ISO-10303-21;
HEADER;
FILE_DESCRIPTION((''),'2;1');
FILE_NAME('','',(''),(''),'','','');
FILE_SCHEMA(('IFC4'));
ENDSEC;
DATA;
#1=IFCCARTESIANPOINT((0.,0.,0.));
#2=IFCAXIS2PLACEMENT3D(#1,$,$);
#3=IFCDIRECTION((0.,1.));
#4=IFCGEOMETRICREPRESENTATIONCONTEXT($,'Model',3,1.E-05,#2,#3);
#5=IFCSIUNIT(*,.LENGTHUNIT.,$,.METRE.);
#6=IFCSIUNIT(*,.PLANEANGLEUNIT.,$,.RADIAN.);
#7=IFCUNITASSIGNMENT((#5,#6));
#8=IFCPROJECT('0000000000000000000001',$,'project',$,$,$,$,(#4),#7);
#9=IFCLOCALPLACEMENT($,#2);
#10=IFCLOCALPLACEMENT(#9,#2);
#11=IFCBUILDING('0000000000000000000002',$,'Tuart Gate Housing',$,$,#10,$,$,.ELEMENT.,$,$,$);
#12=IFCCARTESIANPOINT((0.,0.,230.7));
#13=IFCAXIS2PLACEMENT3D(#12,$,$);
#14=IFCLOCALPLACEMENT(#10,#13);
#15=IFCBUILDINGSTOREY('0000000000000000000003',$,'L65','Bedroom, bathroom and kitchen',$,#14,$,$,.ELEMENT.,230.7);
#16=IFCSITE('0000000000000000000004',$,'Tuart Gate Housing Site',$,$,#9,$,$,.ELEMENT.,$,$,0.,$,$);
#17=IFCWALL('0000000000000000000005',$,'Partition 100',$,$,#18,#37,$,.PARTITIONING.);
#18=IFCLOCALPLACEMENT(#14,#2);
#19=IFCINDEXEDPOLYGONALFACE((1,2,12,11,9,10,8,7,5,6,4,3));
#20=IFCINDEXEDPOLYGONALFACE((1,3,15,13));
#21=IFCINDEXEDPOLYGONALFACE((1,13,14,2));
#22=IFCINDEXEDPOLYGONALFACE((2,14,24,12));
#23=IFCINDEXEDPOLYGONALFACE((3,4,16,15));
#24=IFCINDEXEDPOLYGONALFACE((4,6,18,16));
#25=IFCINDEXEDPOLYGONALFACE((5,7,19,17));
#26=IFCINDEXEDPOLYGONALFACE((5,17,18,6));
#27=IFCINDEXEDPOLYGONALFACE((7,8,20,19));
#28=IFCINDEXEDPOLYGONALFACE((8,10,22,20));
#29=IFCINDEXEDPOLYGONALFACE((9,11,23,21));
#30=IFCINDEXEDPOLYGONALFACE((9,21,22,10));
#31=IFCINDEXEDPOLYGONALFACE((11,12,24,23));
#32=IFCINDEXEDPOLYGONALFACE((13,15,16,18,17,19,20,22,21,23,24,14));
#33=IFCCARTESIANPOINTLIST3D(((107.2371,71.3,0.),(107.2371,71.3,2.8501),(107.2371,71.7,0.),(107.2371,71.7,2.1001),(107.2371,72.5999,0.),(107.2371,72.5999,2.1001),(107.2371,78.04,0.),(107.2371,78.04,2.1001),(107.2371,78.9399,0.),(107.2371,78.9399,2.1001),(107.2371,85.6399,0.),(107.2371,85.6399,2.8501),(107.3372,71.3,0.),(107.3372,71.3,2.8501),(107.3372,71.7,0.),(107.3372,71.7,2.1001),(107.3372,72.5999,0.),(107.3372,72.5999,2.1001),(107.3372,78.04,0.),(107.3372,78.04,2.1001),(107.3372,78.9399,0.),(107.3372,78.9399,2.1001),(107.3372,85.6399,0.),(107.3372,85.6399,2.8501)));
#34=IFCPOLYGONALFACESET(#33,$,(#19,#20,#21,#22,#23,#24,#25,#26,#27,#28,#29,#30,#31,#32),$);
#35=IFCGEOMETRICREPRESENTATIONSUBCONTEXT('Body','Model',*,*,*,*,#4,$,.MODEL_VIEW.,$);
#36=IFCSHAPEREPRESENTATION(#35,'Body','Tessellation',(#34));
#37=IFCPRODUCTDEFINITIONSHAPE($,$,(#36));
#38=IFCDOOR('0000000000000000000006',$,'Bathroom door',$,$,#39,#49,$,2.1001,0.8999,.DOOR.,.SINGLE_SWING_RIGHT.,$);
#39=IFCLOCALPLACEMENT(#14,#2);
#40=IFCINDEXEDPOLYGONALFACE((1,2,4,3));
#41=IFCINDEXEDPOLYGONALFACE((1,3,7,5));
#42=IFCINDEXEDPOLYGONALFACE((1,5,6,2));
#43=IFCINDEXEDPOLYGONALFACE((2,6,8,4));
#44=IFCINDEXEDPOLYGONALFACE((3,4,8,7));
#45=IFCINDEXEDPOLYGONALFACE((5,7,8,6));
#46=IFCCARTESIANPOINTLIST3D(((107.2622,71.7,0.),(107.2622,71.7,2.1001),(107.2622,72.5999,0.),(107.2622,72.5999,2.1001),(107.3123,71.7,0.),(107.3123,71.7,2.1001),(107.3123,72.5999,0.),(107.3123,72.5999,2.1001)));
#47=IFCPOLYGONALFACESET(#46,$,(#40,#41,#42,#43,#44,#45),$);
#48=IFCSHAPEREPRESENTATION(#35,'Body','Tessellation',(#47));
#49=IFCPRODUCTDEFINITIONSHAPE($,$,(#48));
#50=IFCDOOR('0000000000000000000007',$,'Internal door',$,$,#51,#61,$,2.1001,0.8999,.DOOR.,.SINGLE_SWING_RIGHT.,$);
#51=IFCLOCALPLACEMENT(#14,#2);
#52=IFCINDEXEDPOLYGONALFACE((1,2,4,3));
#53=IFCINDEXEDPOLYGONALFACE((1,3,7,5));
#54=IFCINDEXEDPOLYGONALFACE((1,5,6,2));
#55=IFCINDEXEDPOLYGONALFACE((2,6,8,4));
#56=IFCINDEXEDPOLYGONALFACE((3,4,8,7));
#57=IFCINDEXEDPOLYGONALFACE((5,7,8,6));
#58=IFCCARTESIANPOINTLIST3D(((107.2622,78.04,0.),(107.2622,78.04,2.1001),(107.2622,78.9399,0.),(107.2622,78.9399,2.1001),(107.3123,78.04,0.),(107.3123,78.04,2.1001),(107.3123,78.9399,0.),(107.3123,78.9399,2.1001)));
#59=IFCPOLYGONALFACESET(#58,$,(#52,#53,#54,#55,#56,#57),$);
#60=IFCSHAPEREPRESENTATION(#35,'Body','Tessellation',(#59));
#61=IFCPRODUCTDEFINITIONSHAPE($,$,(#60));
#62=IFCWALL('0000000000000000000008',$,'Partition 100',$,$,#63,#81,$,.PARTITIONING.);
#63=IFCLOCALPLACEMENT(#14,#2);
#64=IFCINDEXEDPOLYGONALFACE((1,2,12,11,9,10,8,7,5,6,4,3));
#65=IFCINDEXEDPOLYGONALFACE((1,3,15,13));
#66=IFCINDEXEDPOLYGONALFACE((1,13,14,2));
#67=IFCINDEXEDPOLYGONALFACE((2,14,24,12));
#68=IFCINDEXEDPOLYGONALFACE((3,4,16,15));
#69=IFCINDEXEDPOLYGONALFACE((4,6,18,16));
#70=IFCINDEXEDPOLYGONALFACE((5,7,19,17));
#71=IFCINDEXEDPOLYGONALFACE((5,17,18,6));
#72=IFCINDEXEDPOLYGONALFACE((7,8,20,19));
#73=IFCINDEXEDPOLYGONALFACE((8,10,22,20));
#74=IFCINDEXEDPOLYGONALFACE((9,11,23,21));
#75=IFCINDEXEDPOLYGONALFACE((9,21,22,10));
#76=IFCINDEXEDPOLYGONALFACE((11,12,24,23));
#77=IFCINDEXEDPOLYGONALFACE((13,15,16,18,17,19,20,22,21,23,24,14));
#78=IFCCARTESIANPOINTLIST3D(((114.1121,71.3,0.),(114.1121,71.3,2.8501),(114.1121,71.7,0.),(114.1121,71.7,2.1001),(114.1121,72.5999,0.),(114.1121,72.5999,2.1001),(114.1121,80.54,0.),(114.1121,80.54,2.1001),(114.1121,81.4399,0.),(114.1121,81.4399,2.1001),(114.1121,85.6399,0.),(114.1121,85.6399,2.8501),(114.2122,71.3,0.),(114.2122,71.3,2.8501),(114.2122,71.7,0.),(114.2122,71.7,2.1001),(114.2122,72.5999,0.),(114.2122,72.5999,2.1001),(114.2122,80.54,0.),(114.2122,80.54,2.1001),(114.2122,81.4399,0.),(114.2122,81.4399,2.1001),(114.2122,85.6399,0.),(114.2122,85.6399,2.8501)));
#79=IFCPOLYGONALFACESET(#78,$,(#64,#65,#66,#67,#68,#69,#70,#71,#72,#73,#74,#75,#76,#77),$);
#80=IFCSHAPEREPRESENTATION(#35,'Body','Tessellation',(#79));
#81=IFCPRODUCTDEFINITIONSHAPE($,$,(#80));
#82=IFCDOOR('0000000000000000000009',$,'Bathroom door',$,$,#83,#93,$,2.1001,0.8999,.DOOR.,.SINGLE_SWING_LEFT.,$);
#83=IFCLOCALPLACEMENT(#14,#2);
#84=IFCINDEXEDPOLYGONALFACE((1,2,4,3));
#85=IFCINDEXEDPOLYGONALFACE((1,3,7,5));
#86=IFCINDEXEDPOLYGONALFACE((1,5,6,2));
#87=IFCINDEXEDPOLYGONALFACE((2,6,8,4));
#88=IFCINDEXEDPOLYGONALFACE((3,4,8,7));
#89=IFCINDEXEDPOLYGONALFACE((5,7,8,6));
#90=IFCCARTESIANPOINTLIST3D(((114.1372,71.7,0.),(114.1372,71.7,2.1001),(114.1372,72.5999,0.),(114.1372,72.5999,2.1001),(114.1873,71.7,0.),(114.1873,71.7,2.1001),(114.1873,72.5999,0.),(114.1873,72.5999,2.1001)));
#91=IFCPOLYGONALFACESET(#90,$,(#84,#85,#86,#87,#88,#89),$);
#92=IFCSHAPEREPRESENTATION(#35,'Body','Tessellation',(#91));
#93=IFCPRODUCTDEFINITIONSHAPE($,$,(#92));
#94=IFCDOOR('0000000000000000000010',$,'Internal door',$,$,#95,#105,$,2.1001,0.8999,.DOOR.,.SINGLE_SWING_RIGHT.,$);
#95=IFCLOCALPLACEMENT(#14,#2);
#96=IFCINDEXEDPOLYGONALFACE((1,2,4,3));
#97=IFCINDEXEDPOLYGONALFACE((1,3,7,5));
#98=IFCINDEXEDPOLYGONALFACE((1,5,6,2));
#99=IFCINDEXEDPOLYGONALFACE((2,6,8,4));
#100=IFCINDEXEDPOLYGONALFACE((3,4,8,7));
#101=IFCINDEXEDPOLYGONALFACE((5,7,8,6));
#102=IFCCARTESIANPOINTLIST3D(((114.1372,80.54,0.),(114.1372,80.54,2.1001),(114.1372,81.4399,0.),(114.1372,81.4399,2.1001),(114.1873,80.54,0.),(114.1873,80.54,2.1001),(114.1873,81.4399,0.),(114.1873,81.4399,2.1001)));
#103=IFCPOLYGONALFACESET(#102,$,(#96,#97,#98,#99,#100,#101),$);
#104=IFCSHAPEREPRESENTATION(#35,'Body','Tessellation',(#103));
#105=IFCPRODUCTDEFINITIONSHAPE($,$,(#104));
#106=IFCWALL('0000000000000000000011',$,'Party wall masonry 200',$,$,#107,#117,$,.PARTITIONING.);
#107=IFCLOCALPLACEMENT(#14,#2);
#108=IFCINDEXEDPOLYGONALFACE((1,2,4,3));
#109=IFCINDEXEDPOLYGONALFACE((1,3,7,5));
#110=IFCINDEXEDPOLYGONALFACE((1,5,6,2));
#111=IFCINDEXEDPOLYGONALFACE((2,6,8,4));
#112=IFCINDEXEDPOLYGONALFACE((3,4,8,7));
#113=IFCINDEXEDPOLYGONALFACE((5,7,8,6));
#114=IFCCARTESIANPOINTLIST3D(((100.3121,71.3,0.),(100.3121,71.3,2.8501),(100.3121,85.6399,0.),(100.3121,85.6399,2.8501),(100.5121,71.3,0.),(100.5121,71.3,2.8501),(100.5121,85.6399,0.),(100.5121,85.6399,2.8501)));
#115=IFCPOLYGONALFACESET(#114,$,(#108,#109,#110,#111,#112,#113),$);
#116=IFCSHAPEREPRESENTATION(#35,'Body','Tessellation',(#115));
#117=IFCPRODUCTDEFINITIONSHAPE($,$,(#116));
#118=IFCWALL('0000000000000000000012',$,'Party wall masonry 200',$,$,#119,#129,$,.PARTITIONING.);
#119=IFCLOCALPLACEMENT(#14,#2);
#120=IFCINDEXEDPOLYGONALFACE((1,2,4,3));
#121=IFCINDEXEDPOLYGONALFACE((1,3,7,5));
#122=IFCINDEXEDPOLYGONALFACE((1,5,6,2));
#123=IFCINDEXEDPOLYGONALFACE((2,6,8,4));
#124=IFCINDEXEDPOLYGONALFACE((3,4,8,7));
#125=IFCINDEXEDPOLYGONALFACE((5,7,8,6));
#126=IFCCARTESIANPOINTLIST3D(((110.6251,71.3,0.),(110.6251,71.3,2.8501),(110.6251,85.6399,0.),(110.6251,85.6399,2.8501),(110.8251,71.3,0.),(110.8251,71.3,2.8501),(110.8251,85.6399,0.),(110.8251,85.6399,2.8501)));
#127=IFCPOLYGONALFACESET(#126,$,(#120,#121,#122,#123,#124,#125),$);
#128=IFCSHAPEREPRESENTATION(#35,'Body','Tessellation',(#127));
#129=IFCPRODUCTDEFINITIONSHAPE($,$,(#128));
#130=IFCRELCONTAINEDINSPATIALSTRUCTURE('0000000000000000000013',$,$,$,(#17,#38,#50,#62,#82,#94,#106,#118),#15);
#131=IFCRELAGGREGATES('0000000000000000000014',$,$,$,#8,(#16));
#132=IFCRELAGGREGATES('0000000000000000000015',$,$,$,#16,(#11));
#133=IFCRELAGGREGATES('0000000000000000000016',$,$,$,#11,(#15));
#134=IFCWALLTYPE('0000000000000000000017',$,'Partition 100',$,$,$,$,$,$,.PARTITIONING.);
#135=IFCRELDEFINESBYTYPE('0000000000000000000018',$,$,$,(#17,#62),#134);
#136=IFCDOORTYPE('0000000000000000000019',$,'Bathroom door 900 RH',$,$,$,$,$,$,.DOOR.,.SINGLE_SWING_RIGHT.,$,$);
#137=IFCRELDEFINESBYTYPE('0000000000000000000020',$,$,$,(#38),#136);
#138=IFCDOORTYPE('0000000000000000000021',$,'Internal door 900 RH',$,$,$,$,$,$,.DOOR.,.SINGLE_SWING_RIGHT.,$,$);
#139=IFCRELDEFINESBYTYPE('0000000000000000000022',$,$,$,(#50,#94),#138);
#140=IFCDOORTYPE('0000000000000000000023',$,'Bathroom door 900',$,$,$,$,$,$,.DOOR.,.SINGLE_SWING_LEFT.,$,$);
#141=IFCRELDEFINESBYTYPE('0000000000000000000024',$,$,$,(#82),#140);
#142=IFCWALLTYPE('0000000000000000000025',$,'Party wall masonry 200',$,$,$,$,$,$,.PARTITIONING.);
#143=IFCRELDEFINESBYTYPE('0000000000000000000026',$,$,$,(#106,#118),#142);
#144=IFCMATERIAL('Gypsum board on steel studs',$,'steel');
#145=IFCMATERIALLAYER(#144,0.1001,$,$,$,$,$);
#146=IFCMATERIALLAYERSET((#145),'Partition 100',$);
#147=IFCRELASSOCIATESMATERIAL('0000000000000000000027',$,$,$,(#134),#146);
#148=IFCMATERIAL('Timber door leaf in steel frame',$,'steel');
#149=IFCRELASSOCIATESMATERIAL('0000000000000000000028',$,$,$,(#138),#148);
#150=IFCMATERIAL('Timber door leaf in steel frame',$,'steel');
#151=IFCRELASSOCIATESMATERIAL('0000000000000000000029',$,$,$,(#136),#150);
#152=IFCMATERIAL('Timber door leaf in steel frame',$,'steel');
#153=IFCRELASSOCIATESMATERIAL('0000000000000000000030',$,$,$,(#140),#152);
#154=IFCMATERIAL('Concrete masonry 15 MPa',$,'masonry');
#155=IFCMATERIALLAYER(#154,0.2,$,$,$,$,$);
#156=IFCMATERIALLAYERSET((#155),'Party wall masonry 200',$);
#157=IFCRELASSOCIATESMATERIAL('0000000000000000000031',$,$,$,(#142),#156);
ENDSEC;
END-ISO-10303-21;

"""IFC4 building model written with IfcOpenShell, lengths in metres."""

from ifc_helpers import new_model, si_unit, direction, frame, frame_2d, origin, place, context, subcontext, project, spatial, rectangle, extrude, material, layer, layer_set, type_object, element, fill, save


model = new_model("IFC4")

# Units and contexts
model_context = context("Model", 3, precision=1e-05, world=origin(), true_north=direction((0.0, 1.0)))
body_context = subcontext(model_context, "Body", "Model", "MODEL_VIEW")
ifc_project = project(units=[si_unit("LENGTHUNIT", "METRE"), si_unit("PLANEANGLEUNIT", "RADIAN")], contexts=[model_context])

# Site, building, storey
site_placement = place(None, origin())
site = spatial("IfcSite", under=ifc_project, at=site_placement, Name="Tuart Gate Housing Site", CompositionType="ELEMENT", RefElevation=0.0)
building_placement = place(site_placement, origin())
building = spatial("IfcBuilding", under=site, at=building_placement, Name="Tuart Gate Housing", CompositionType="ELEMENT")
storey_placement = place(building_placement, frame((0.0, 0.0, 230.7)))
storey = spatial("IfcBuildingStorey", under=building, at=storey_placement, Name="L65", Description="Bedroom, bathroom and kitchen", CompositionType="ELEMENT", Elevation=230.7)

# Shared definitions
ifc_material_1 = material(Name="Gypsum board on steel studs", Category="steel")
ifc_layer_1 = layer(ifc_material_1, 0.1001)
ifc_layer_set_1 = layer_set([ifc_layer_1], Name="Partition 100")
wall_type_1 = type_object("IfcWallType", Name="Partition 100", PredefinedType="PARTITIONING", material=ifc_layer_set_1)

# Shared definitions
ifc_material_2 = material(Name="Timber door leaf in steel frame", Category="steel")
door_type_1 = type_object("IfcDoorType", Name="Internal door 900 RH", OperationType="SINGLE_SWING_RIGHT", PredefinedType="DOOR", material=ifc_material_2)

# Walls, openings, doors
ifc_material_3 = material(Name="Timber door leaf in steel frame", Category="steel")
door_type_2 = type_object("IfcDoorType", Name="Bathroom door 900 RH", OperationType="SINGLE_SWING_RIGHT", PredefinedType="DOOR", material=ifc_material_3)
ifc_material_4 = material(Name="Timber door leaf in steel frame", Category="steel")
door_type_3 = type_object("IfcDoorType", Name="Bathroom door 900", OperationType="SINGLE_SWING_LEFT", PredefinedType="DOOR", material=ifc_material_4)
wall_1_placement = place(storey_placement, frame((107.2871, 71.3, 0.0), z_axis=(0.0, 0.0, 1.0), x_axis=(0.0, 1.0, 0.0)))
wall_1 = element("IfcWall", 1, at=wall_1_placement, inside=storey, type_object=wall_type_1, Name="Partition 100", PredefinedType="PARTITIONING", context=body_context, shape_type="SweptSolid", body=[
    extrude(rectangle(XDim=14.3398, YDim=0.1001, at=frame_2d((7.1699, 0.0))), origin(), (0.0, 0.0, 1.0), 2.8501),
])
opening_1_placement = place(wall_1_placement, frame((6.74, 0.0, 0.0)))
opening_1 = element("IfcOpeningElement", 2, at=opening_1_placement, cuts=wall_1, PredefinedType="OPENING", context=body_context, shape_type="SweptSolid", body=[
    extrude(rectangle(XDim=0.8999, YDim=2.1001, at=frame_2d((0.45, 1.05))), frame((0.0, 0.0601, 0.0), z_axis=(0.0, -1.0, 0.0), x_axis=(1.0, 0.0, 0.0)), (0.0, 0.0, 1.0), 0.1201),
])
opening_2_placement = place(wall_1_placement, frame((0.3999, 0.0, 0.0)))
opening_2 = element("IfcOpeningElement", 3, at=opening_2_placement, cuts=wall_1, PredefinedType="OPENING", context=body_context, shape_type="SweptSolid", body=[
    extrude(rectangle(XDim=0.8999, YDim=2.1001, at=frame_2d((0.45, 1.05))), frame((0.0, 0.0601, 0.0), z_axis=(0.0, -1.0, 0.0), x_axis=(1.0, 0.0, 0.0)), (0.0, 0.0, 1.0), 0.1201),
])
door_1_placement = place(opening_2_placement, frame((0.8999, 0.0, 0.0), z_axis=(0.0, 0.0, 1.0), x_axis=(-1.0, 0.0, 0.0)))
door_1 = element("IfcDoor", 4, at=door_1_placement, inside=storey, type_object=door_type_2, Name="Bathroom door", OperationType="SINGLE_SWING_RIGHT", OverallHeight=2.1001, OverallWidth=0.8999, PredefinedType="DOOR", context=body_context, shape_type="SweptSolid", body=[
    extrude(rectangle(XDim=0.8999, YDim=2.1001, at=frame_2d((0.45, 1.05))), frame((0.0, 0.0251, 0.0), z_axis=(0.0, -1.0, 0.0), x_axis=(1.0, 0.0, 0.0)), (0.0, 0.0, 1.0), 0.05),
])
fill(opening_2, door_1)
door_2_placement = place(opening_1_placement, frame((0.8999, 0.0, 0.0), z_axis=(0.0, 0.0, 1.0), x_axis=(-1.0, 0.0, 0.0)))
door_2 = element("IfcDoor", 5, at=door_2_placement, inside=storey, type_object=door_type_1, Name="Internal door", OperationType="SINGLE_SWING_RIGHT", OverallHeight=2.1001, OverallWidth=0.8999, PredefinedType="DOOR", context=body_context, shape_type="SweptSolid", body=[
    extrude(rectangle(XDim=0.8999, YDim=2.1001, at=frame_2d((0.45, 1.05))), frame((0.0, 0.0251, 0.0), z_axis=(0.0, -1.0, 0.0), x_axis=(1.0, 0.0, 0.0)), (0.0, 0.0, 1.0), 0.05),
])
fill(opening_1, door_2)
wall_2_placement = place(storey_placement, frame((114.1621, 71.3, 0.0), z_axis=(0.0, 0.0, 1.0), x_axis=(0.0, 1.0, 0.0)))
wall_2 = element("IfcWall", 6, at=wall_2_placement, inside=storey, type_object=wall_type_1, Name="Partition 100", PredefinedType="PARTITIONING", context=body_context, shape_type="SweptSolid", body=[
    extrude(rectangle(XDim=14.3398, YDim=0.1001, at=frame_2d((7.1699, 0.0))), origin(), (0.0, 0.0, 1.0), 2.8501),
])
opening_3_placement = place(wall_2_placement, frame((9.24, 0.0, 0.0)))
opening_3 = element("IfcOpeningElement", 7, at=opening_3_placement, cuts=wall_2, PredefinedType="OPENING", context=body_context, shape_type="SweptSolid", body=[
    extrude(rectangle(XDim=0.8999, YDim=2.1001, at=frame_2d((0.45, 1.05))), frame((0.0, 0.0601, 0.0), z_axis=(0.0, -1.0, 0.0), x_axis=(1.0, 0.0, 0.0)), (0.0, 0.0, 1.0), 0.1201),
])
opening_4_placement = place(wall_2_placement, frame((0.3999, 0.0, 0.0)))
opening_4 = element("IfcOpeningElement", 8, at=opening_4_placement, cuts=wall_2, PredefinedType="OPENING", context=body_context, shape_type="SweptSolid", body=[
    extrude(rectangle(XDim=0.8999, YDim=2.1001, at=frame_2d((0.45, 1.05))), frame((0.0, 0.0601, 0.0), z_axis=(0.0, -1.0, 0.0), x_axis=(1.0, 0.0, 0.0)), (0.0, 0.0, 1.0), 0.1201),
])
door_3_placement = place(opening_4_placement, origin())
door_3 = element("IfcDoor", 9, at=door_3_placement, inside=storey, type_object=door_type_3, Name="Bathroom door", OperationType="SINGLE_SWING_LEFT", OverallHeight=2.1001, OverallWidth=0.8999, PredefinedType="DOOR", context=body_context, shape_type="SweptSolid", body=[
    extrude(rectangle(XDim=0.8999, YDim=2.1001, at=frame_2d((0.45, 1.05))), frame((0.0, 0.0249, 0.0), z_axis=(0.0, -1.0, 0.0), x_axis=(1.0, 0.0, 0.0)), (0.0, 0.0, 1.0), 0.05),
])
fill(opening_4, door_3)
door_4_placement = place(opening_3_placement, origin())
door_4 = element("IfcDoor", 10, at=door_4_placement, inside=storey, type_object=door_type_1, Name="Internal door", OperationType="SINGLE_SWING_RIGHT", OverallHeight=2.1001, OverallWidth=0.8999, PredefinedType="DOOR", context=body_context, shape_type="SweptSolid", body=[
    extrude(rectangle(XDim=0.8999, YDim=2.1001, at=frame_2d((0.45, 1.05))), frame((0.0, 0.0249, 0.0), z_axis=(0.0, -1.0, 0.0), x_axis=(1.0, 0.0, 0.0)), (0.0, 0.0, 1.0), 0.05),
])
fill(opening_3, door_4)

# Walls
ifc_material_5 = material(Name="Concrete masonry 15 MPa", Category="masonry")
ifc_layer_2 = layer(ifc_material_5, 0.2)
ifc_layer_set_2 = layer_set([ifc_layer_2], Name="Party wall masonry 200")
wall_type_2 = type_object("IfcWallType", Name="Party wall masonry 200", PredefinedType="PARTITIONING", material=ifc_layer_set_2)
for number, where, z_axis, x_axis, name in (
    (11, (100.4121, 71.3, 0.0), (0.0, 0.0, 1.0), (0.0, 1.0, 0.0), "Party wall masonry 200"),
    (12, (110.7251, 71.3, 0.0), (0.0, 0.0, 1.0), (0.0, 1.0, 0.0), "Party wall masonry 200"),
):
    element("IfcWall", number, at=place(storey_placement, frame(where, z_axis=z_axis, x_axis=x_axis)), inside=storey, type_object=wall_type_2, Name=name, PredefinedType="PARTITIONING", context=body_context, shape_type="SweptSolid", body=[
        extrude(rectangle(XDim=14.3398, YDim=0.2, at=frame_2d((7.1699, 0.0))), origin(), (0.0, 0.0, 1.0), 2.8501),
    ])

save(model, "model.ifc")
